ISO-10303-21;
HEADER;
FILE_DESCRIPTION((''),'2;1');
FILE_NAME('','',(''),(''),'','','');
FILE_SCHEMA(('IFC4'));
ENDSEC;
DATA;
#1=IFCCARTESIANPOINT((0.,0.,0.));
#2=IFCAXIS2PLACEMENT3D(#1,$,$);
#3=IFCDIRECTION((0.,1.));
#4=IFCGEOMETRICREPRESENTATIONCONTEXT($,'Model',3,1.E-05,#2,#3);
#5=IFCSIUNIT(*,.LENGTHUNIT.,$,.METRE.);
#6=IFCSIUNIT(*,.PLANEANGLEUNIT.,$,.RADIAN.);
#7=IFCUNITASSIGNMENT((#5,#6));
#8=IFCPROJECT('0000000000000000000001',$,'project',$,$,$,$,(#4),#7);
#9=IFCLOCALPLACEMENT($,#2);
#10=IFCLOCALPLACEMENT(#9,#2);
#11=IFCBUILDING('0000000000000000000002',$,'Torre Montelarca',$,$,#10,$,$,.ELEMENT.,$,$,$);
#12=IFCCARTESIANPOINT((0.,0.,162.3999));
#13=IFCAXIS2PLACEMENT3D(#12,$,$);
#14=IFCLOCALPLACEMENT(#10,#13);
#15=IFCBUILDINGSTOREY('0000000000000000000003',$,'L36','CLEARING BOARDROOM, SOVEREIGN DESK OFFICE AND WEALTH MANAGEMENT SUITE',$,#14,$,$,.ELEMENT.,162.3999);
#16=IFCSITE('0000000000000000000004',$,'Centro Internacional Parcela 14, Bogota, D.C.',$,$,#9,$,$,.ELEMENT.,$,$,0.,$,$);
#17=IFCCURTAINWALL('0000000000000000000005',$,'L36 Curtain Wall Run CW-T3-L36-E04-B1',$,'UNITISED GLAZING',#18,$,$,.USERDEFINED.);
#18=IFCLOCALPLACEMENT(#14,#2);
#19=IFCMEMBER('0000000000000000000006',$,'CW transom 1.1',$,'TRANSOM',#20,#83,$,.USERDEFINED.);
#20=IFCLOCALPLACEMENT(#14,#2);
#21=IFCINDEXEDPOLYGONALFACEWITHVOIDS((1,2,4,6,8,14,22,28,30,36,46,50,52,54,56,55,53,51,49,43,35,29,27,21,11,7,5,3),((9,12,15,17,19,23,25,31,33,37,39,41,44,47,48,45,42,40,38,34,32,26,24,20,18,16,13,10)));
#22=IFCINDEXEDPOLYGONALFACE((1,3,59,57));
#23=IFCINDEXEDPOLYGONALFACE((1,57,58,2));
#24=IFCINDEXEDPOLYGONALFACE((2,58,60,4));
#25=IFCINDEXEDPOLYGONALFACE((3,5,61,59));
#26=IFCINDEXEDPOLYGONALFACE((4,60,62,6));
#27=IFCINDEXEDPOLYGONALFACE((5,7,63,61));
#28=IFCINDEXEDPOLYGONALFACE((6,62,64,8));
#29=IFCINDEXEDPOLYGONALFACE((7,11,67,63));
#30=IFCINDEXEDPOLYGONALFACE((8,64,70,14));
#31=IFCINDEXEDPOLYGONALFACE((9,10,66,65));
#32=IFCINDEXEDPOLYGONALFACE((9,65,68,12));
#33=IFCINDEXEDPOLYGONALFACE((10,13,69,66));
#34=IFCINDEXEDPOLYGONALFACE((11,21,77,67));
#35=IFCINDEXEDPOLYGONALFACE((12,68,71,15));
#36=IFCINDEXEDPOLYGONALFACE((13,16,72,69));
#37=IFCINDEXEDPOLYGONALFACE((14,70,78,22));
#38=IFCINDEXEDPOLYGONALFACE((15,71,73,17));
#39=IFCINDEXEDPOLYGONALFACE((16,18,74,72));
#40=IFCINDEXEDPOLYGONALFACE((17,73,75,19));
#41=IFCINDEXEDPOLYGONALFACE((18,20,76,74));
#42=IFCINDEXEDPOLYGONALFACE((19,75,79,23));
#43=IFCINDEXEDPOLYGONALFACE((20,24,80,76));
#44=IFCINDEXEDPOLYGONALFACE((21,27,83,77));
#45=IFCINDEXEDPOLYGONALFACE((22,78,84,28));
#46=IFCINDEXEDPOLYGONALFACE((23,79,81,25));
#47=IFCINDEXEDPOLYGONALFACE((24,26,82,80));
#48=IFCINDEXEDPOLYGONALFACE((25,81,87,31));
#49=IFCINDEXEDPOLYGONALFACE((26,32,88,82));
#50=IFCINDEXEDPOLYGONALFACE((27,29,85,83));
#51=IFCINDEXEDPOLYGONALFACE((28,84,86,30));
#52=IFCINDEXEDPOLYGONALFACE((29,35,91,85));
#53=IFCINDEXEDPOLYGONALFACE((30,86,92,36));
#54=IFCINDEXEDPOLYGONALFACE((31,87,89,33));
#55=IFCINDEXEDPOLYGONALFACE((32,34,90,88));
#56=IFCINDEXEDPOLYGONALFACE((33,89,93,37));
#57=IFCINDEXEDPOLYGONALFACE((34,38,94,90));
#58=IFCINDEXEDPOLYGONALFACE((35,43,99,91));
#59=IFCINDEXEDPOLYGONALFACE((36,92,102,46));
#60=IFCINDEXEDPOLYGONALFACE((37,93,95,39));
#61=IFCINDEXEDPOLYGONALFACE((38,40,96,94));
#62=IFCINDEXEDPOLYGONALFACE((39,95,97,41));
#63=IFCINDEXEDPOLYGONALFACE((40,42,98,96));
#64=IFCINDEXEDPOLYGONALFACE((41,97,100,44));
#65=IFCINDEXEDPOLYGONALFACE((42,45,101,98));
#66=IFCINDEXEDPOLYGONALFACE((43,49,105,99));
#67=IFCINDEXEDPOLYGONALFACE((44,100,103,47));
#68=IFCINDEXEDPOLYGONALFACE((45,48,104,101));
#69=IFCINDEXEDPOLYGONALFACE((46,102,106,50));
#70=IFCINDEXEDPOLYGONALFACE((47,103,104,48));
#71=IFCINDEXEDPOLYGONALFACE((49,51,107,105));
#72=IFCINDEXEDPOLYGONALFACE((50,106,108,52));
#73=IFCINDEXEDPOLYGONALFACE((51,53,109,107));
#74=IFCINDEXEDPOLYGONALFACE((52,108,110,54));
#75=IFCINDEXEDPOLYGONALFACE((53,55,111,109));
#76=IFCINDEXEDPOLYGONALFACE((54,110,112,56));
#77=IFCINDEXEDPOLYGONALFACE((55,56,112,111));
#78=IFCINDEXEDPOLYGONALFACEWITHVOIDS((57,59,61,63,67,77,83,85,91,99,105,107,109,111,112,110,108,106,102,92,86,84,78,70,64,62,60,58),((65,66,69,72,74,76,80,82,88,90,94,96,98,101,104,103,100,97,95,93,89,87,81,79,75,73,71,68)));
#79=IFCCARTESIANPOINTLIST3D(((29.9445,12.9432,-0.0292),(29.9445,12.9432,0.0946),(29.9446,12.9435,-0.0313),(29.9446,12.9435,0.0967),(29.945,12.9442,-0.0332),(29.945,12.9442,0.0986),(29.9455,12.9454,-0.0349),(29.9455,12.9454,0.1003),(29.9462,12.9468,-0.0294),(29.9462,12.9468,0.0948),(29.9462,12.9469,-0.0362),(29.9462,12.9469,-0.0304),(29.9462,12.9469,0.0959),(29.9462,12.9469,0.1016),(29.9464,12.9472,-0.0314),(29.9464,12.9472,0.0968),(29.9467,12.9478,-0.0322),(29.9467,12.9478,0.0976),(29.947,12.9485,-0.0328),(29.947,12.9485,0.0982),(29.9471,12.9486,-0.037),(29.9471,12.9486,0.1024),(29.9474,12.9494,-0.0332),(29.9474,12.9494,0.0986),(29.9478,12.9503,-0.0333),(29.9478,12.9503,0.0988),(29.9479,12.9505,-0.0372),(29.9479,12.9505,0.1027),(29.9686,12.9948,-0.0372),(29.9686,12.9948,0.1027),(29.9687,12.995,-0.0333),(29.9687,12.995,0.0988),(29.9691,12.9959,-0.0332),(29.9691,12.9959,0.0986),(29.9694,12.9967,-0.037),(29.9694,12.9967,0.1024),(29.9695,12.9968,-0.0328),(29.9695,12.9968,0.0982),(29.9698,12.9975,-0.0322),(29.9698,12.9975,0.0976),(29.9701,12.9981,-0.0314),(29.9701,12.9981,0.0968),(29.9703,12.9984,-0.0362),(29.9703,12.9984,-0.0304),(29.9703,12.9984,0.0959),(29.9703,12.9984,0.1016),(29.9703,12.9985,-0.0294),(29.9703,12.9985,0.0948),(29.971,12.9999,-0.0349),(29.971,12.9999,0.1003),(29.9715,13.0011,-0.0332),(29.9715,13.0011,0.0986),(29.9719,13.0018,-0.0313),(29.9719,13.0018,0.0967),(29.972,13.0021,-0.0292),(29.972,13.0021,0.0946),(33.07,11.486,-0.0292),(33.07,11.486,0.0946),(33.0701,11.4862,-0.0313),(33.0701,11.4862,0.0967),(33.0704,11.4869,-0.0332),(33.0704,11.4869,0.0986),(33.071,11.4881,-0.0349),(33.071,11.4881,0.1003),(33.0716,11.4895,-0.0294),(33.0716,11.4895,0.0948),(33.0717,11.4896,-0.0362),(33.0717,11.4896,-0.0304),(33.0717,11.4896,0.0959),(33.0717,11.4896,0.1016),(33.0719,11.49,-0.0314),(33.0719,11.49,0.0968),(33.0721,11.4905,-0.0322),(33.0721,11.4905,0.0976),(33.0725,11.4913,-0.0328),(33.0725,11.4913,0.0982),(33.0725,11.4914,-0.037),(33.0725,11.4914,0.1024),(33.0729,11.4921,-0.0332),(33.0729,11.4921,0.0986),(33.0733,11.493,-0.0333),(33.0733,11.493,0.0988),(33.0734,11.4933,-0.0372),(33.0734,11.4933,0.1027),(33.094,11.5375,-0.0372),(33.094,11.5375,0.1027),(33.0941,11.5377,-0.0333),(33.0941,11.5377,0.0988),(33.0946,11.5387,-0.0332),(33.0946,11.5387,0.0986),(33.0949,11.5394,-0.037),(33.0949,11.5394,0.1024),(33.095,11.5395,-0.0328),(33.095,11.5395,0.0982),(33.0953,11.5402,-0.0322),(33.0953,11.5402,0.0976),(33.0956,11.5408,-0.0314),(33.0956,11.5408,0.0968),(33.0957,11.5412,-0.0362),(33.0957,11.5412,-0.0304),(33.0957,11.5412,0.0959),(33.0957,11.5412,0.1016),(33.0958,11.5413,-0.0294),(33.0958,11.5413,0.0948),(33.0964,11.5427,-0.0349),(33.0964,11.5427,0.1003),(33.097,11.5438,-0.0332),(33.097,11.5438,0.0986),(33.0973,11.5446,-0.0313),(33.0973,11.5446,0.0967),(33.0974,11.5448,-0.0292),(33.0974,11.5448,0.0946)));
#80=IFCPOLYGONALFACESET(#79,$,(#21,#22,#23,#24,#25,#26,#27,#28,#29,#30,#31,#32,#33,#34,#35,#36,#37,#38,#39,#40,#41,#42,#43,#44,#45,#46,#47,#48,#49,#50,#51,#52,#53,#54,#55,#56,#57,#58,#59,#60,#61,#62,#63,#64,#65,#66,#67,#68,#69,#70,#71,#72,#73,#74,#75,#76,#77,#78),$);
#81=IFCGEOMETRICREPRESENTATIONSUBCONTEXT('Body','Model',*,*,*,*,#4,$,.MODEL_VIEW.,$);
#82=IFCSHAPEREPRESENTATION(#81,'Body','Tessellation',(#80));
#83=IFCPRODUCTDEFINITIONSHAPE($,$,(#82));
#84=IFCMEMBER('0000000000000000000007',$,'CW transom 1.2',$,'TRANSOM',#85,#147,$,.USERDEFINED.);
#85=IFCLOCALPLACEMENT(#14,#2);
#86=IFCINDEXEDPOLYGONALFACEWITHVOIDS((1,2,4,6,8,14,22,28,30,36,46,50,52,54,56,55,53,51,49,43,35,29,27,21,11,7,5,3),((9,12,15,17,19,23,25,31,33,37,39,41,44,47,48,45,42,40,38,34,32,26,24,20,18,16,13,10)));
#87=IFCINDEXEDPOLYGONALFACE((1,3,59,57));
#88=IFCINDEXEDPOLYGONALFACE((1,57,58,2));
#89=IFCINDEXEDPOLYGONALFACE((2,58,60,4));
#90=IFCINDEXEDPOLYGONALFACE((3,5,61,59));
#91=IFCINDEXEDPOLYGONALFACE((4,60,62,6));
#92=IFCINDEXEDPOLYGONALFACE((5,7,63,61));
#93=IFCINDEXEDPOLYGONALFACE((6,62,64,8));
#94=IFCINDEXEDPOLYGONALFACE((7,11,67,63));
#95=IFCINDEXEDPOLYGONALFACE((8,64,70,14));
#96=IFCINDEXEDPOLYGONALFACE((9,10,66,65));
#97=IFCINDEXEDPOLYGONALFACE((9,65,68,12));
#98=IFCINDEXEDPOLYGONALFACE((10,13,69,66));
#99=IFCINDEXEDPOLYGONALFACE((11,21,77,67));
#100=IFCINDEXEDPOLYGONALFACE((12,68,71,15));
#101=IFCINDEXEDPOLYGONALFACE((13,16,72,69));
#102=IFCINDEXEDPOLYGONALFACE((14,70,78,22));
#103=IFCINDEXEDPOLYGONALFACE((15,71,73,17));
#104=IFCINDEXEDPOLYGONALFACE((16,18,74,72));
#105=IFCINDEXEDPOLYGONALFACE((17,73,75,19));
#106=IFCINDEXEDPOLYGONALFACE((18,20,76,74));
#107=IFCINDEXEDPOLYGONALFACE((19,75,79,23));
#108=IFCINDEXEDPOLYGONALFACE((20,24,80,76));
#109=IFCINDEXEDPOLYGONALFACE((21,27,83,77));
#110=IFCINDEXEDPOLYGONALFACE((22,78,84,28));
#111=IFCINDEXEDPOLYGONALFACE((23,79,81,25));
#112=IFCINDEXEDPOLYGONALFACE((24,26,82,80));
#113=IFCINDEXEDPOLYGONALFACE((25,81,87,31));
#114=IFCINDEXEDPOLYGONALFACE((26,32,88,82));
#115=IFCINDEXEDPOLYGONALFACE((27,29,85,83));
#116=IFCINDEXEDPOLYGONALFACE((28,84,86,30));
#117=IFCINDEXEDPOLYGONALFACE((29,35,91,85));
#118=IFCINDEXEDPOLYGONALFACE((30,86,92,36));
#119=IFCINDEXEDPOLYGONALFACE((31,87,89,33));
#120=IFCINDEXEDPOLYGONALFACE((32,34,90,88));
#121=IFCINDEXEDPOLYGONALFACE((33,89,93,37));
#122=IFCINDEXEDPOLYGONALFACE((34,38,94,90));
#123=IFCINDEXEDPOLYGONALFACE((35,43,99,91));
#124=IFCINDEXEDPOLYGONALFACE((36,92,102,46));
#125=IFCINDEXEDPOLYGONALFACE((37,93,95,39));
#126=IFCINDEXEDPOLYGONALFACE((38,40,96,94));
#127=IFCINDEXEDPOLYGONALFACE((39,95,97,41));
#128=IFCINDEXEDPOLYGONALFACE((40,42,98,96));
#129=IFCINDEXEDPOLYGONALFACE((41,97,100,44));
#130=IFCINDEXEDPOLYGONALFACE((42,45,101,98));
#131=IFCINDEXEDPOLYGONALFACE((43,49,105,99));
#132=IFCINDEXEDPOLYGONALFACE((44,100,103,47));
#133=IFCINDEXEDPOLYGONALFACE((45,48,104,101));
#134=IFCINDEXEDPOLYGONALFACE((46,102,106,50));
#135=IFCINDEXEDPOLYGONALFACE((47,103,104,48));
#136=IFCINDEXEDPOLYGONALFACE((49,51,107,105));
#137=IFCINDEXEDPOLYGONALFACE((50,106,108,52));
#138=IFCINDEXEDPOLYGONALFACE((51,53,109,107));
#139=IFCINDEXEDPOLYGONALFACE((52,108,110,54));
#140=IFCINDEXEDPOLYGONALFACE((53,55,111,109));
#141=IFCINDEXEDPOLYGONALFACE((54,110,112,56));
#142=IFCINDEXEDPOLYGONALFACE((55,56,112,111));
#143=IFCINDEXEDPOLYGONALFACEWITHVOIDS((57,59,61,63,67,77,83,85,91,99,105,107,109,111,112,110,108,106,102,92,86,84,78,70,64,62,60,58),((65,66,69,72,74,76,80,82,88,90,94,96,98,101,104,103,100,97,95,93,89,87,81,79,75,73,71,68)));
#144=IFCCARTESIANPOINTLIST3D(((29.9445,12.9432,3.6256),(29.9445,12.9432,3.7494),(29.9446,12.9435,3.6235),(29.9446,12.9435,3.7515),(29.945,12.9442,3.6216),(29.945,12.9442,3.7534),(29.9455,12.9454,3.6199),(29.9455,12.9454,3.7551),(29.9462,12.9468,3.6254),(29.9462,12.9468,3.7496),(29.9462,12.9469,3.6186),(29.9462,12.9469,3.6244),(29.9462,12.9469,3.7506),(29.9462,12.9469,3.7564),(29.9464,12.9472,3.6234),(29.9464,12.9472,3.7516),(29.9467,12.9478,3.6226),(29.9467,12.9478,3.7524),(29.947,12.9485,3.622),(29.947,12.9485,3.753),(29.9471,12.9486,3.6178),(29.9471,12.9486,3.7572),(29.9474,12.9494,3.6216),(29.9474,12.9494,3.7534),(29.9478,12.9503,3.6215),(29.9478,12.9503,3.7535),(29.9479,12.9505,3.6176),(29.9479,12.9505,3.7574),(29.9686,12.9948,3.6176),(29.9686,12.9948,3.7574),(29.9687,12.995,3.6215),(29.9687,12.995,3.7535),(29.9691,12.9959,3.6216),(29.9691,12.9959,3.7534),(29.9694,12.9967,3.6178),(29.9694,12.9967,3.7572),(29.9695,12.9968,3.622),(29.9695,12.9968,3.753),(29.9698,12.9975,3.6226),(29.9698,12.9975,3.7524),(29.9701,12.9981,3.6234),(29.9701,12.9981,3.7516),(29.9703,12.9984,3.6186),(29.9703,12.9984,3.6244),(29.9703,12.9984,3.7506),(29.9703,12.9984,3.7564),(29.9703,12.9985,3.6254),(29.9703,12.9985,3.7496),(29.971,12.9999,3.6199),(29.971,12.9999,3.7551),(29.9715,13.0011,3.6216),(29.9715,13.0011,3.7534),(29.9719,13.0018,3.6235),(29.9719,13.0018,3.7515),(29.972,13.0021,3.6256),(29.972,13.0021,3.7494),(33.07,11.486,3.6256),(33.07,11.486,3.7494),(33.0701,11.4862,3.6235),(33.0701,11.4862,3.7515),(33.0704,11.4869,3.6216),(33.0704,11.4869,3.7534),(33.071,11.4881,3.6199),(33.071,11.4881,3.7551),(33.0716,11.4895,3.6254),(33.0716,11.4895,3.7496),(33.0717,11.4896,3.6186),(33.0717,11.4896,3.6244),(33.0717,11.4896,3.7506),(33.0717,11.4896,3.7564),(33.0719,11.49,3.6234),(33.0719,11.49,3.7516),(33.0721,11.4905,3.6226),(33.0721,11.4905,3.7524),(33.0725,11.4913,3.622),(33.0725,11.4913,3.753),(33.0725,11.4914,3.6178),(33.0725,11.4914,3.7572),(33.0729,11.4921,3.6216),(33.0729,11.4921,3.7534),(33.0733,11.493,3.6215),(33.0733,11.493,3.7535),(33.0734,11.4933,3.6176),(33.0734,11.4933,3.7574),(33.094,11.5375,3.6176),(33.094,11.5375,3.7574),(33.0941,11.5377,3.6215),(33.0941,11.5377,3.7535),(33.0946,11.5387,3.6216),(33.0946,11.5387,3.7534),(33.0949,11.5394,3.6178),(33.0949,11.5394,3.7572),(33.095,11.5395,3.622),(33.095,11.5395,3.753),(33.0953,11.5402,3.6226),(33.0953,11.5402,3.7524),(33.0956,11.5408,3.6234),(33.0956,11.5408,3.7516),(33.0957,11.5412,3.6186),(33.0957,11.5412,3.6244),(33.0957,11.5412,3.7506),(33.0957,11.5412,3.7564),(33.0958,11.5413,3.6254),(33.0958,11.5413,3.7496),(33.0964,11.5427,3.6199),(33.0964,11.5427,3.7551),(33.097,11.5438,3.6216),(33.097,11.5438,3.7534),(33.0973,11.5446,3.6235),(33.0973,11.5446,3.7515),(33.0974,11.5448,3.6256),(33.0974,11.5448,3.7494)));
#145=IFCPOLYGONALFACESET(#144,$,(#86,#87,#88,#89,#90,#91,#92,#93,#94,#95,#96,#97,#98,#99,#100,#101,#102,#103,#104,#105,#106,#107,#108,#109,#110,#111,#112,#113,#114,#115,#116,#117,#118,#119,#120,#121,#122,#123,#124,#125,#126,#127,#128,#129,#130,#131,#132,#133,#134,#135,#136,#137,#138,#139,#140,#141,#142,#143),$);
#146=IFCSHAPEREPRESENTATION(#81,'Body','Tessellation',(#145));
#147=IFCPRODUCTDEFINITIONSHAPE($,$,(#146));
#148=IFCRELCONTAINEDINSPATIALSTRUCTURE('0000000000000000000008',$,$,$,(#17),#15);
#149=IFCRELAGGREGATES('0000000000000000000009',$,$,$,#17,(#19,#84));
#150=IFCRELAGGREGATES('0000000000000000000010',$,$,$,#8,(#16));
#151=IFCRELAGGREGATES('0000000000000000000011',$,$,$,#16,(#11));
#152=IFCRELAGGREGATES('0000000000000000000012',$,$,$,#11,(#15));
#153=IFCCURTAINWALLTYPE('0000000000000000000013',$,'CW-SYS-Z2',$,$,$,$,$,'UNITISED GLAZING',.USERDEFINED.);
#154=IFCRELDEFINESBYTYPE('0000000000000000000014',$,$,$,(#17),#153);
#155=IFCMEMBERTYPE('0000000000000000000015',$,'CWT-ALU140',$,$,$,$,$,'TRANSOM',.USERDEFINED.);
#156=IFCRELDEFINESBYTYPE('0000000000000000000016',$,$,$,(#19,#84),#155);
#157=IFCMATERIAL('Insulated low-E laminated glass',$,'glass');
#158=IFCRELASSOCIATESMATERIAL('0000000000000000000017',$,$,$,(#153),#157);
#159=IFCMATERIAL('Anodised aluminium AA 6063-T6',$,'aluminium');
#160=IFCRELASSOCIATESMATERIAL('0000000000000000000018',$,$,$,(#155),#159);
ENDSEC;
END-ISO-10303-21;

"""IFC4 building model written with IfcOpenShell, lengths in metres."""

from ifc_helpers import new_model, si_unit, direction, frame, origin, origin_2d, place, context, subcontext, project, spatial, hollow_rectangle, extrude, source, transform, mapped, material, material_profile, profile_set, type_object, element, aggregate, save


model = new_model("IFC4")

# Units and contexts
model_context = context("Model", 3, precision=1e-05, world=origin(), true_north=direction((0.0, 1.0)))
body_context = subcontext(model_context, "Body", "Model", "MODEL_VIEW")
ifc_project = project(units=[si_unit("LENGTHUNIT", "METRE"), si_unit("PLANEANGLEUNIT", "RADIAN")], contexts=[model_context])

# Site, building, storey
site_placement = place(None, origin())
site = spatial("IfcSite", under=ifc_project, at=site_placement, Name="Centro Internacional Parcela 14, Bogota, D.C.", CompositionType="ELEMENT", RefElevation=0.0)
building_placement = place(site_placement, origin())
building = spatial("IfcBuilding", under=site, at=building_placement, Name="Torre Montelarca", CompositionType="ELEMENT")
storey_placement = place(building_placement, frame((0.0, 0.0, 162.3999)))
storey = spatial("IfcBuildingStorey", under=building, at=storey_placement, Name="L36", Description="CLEARING BOARDROOM, SOVEREIGN DESK OFFICE AND WEALTH MANAGEMENT SUITE", CompositionType="ELEMENT", Elevation=162.3999)

# Shared definitions
ifc_material_1 = material(Name="Insulated low-E laminated glass", Category="glass")
curtain_wall_type = type_object("IfcCurtainWallType", Name="CW-SYS-Z2", ElementType="UNITISED GLAZING", PredefinedType="USERDEFINED", material=ifc_material_1)
ifc_material_2 = material(Name="Anodised aluminium AA 6063-T6", Category="aluminium")
ifc_material_profile_1 = material_profile(ifc_material_2, hollow_rectangle(XDim=0.0649, YDim=0.1399, WallThickness=0.0039, InnerFilletRadius=0.0039, OuterFilletRadius=0.0081, at=origin_2d()), Name="ALU65X140X4", Category="aluminium")
ifc_profile_set_1 = profile_set([ifc_material_profile_1], Name="Anodised aluminium AA 6063-T6")
member_type_1 = type_object("IfcMemberType", Name="CWT-ALU140", ElementType="TRANSOM", PredefinedType="USERDEFINED", material=ifc_profile_set_1)

# Curtain wall
curtain_wall_1_placement = place(storey_placement, origin())
curtain_wall_1 = element("IfcCurtainWall", 1, at=curtain_wall_1_placement, inside=storey, type_object=curtain_wall_type, Name="L36 Curtain Wall Run CW-T3-L36-E04-B1", ObjectType="UNITISED GLAZING", PredefinedType="USERDEFINED")

# Members
shared_shape_1 = source(origin(), body_context, "Body", "SweptSolid", [
    extrude(hollow_rectangle(XDim=0.0649, YDim=0.1399, WallThickness=0.0039, InnerFilletRadius=0.0039, OuterFilletRadius=0.0081, at=origin_2d()), origin(), (0.0, 0.0, 1.0), 3.4485),
])
member_1_placement = place(storey_placement, frame((29.9583, 12.9727, 0.0327), z_axis=(0.906326, -0.422579, 0.0), x_axis=(0.422579, 0.906326, 0.0)))
member_1 = element("IfcMember", 2, at=member_1_placement, type_object=member_type_1, Name="CW transom 1.1", ObjectType="TRANSOM", PredefinedType="USERDEFINED", context=body_context, shape_type="MappedRepresentation", body=[
    mapped(shared_shape_1, transform((0.0, 0.0, 0.0), scale=1.0)),
])
member_2_placement = place(storey_placement, frame((29.9583, 12.9727, 3.6875), z_axis=(0.906326, -0.422579, 0.0), x_axis=(0.422579, 0.906326, 0.0)))
member_2 = element("IfcMember", 3, at=member_2_placement, type_object=member_type_1, Name="CW transom 1.2", ObjectType="TRANSOM", PredefinedType="USERDEFINED", context=body_context, shape_type="MappedRepresentation", body=[
    mapped(shared_shape_1, transform((0.0, 0.0, 0.0), scale=1.0)),
])

aggregate(curtain_wall_1, [member_1, member_2])

save(model, "model.ifc")
